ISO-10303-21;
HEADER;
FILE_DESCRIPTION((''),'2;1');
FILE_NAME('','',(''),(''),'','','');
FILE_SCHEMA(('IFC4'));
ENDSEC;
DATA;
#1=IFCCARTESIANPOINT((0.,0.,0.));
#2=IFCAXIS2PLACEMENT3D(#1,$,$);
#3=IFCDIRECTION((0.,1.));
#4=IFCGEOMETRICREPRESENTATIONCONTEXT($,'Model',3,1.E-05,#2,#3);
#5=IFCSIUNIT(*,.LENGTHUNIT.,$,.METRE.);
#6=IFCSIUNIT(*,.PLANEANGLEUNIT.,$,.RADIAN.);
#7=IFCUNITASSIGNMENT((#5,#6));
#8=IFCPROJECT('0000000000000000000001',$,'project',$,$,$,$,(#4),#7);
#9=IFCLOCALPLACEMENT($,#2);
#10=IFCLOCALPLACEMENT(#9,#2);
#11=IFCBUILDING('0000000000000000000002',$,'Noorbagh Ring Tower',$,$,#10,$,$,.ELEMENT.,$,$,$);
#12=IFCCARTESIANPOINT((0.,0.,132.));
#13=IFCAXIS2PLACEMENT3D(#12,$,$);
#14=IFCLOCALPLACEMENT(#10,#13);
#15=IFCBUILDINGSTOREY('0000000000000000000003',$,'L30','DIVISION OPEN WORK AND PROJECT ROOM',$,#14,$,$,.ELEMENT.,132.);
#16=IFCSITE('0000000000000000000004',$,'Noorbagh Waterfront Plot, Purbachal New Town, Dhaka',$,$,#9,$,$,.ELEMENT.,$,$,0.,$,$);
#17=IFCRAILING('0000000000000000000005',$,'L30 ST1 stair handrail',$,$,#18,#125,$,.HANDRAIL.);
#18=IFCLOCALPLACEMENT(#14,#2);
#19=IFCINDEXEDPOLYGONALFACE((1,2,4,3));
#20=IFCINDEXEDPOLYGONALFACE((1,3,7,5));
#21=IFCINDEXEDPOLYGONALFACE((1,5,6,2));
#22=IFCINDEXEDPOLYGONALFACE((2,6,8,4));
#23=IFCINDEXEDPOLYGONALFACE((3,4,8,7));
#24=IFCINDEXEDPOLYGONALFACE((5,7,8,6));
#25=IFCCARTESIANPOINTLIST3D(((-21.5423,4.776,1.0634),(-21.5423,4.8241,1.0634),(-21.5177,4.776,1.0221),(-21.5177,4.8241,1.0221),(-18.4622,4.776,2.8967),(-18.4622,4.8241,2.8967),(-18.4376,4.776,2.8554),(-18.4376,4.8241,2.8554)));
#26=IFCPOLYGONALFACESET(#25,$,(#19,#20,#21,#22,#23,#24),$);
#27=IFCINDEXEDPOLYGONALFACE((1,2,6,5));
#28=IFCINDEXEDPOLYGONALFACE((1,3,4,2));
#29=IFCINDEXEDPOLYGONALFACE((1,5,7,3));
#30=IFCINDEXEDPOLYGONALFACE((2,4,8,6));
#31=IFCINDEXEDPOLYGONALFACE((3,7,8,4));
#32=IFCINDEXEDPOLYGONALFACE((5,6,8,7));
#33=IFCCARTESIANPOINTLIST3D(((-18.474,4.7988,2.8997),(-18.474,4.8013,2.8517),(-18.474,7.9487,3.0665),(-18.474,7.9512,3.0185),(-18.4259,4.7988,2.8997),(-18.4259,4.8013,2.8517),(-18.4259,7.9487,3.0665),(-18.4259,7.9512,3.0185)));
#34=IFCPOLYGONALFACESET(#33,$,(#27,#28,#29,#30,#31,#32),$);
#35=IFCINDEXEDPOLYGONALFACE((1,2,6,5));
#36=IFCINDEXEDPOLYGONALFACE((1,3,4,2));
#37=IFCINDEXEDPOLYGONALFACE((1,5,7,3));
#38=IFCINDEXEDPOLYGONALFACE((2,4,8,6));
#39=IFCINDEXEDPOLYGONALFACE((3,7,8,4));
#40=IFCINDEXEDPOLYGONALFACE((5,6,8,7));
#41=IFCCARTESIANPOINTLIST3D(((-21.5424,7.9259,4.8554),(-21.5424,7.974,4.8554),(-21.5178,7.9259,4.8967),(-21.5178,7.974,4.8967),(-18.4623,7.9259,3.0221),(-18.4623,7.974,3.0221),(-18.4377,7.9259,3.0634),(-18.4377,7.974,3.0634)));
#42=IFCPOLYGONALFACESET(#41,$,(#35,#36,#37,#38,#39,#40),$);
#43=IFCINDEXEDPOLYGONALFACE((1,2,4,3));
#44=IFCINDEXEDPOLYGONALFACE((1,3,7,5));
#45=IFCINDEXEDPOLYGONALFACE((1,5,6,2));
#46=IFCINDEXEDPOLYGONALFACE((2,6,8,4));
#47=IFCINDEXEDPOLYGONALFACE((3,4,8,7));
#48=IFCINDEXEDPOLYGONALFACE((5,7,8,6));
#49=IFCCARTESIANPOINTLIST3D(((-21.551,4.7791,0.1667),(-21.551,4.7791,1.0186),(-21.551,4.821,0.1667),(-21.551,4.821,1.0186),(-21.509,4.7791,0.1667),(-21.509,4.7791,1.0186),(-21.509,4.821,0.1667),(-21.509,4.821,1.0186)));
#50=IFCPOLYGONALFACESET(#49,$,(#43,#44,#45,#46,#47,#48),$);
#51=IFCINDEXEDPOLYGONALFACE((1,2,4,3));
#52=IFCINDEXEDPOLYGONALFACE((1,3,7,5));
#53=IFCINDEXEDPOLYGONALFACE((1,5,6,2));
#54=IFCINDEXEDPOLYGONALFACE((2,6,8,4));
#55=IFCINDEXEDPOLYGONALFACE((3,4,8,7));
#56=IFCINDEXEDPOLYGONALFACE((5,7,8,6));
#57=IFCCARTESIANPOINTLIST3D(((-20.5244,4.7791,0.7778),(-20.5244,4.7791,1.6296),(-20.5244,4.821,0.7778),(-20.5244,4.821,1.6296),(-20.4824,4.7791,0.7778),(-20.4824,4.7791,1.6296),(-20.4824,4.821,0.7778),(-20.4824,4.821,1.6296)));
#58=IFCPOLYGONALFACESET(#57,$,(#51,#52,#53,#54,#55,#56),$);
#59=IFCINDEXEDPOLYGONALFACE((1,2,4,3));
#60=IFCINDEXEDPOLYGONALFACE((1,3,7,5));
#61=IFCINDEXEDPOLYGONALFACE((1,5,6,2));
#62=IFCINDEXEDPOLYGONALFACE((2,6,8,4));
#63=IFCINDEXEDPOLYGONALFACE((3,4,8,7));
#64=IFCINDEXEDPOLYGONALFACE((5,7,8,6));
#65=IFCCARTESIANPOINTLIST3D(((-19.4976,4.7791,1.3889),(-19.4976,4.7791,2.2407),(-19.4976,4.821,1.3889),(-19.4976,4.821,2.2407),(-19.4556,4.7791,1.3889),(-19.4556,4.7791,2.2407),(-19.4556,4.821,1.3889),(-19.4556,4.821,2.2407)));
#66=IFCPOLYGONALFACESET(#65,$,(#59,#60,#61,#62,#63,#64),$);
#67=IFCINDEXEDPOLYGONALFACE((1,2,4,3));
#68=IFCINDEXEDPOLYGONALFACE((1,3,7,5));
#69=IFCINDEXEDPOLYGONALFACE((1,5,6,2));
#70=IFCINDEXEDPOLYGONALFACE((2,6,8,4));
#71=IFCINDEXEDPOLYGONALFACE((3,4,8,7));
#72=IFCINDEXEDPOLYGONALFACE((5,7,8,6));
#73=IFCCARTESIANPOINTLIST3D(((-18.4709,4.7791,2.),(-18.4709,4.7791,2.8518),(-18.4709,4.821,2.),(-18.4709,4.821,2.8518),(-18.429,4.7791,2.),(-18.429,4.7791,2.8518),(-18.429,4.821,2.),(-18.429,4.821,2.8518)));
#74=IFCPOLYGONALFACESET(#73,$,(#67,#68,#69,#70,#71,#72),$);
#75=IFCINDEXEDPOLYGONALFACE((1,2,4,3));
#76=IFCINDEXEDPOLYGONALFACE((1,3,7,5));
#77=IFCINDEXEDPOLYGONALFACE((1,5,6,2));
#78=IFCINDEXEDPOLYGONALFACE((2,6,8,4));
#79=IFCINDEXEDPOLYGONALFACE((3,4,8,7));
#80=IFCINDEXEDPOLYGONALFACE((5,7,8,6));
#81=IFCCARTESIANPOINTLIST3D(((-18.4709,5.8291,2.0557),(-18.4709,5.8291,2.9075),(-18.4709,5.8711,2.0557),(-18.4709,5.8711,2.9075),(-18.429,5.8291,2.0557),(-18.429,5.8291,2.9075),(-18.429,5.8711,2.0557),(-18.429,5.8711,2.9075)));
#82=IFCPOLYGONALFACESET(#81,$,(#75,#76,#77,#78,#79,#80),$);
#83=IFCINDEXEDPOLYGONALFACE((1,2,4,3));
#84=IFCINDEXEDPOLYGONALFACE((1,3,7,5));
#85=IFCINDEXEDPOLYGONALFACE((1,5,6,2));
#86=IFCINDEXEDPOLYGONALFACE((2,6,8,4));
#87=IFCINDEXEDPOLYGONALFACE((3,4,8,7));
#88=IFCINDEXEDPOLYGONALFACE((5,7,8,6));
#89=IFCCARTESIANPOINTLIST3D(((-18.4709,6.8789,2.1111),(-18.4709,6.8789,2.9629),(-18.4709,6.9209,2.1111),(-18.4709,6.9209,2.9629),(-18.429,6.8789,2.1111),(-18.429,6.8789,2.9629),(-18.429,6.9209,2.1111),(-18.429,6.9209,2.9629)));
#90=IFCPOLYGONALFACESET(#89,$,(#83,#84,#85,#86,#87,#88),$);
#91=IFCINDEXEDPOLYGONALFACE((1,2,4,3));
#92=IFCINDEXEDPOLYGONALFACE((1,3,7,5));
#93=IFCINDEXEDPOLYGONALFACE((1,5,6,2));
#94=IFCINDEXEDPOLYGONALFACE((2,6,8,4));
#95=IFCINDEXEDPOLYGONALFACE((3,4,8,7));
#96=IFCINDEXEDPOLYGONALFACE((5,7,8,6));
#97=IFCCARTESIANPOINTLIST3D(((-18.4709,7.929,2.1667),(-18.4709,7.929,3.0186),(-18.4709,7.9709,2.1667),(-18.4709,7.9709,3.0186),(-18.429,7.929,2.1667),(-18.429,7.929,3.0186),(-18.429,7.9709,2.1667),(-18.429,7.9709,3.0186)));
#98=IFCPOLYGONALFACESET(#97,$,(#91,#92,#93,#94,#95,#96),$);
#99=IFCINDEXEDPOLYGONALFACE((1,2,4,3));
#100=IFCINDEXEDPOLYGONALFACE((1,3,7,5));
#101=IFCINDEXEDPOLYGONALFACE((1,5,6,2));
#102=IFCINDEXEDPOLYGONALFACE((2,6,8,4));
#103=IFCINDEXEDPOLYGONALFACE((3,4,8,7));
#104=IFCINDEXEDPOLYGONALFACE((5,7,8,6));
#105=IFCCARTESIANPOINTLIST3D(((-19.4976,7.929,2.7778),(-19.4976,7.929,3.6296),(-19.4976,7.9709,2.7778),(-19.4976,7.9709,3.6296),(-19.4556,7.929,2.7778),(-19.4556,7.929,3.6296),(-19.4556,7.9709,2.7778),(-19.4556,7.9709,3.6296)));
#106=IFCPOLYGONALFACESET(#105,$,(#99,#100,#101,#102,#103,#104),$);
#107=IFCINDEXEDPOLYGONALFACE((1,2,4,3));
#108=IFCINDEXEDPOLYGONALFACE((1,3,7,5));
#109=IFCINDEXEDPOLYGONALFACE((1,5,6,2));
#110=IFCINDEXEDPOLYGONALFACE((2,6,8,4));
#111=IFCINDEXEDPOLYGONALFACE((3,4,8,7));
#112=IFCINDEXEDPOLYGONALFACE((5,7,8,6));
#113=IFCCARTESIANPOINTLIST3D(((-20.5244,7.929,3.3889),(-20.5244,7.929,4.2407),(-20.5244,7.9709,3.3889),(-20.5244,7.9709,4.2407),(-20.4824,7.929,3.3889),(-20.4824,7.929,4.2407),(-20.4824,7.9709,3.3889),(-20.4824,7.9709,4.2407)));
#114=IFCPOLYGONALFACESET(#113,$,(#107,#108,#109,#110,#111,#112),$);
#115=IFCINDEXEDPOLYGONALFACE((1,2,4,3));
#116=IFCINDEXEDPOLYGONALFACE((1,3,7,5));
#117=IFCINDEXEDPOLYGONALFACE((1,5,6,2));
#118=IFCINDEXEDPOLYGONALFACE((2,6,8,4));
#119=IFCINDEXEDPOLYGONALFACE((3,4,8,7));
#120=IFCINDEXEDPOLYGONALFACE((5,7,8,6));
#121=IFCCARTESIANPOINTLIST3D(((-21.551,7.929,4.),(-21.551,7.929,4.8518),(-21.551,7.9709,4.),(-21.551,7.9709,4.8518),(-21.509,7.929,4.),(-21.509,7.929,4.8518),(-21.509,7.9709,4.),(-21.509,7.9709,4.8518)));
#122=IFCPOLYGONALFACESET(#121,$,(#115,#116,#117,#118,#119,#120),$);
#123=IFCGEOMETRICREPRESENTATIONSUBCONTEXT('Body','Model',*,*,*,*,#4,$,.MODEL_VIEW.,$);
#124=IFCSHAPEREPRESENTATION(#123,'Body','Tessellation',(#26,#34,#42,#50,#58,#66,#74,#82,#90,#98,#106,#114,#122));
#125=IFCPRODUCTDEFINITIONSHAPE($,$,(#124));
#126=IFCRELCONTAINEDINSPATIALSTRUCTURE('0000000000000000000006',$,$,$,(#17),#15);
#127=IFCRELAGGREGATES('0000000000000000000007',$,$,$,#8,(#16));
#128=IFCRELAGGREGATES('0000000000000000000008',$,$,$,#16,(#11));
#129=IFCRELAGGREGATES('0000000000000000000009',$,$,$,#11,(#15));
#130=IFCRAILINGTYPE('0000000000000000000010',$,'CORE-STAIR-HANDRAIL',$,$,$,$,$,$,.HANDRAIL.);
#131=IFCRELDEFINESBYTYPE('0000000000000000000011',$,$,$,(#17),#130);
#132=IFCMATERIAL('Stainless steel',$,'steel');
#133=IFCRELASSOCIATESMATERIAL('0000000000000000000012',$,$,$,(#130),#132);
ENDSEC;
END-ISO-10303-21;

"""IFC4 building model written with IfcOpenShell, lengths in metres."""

from ifc_helpers import new_model, si_unit, direction, frame, origin, origin_2d, place, context, subcontext, project, spatial, rectangle, extrude, material, type_object, element, save


model = new_model("IFC4")

# Units and contexts
model_context = context("Model", 3, precision=1e-05, world=origin(), true_north=direction((0.0, 1.0)))
body_context = subcontext(model_context, "Body", "Model", "MODEL_VIEW")
ifc_project = project(units=[si_unit("LENGTHUNIT", "METRE"), si_unit("PLANEANGLEUNIT", "RADIAN")], contexts=[model_context])

# Site, building, storey
site_placement = place(None, origin())
site = spatial("IfcSite", under=ifc_project, at=site_placement, Name="Noorbagh Waterfront Plot, Purbachal New Town, Dhaka", CompositionType="ELEMENT", RefElevation=0.0)
building_placement = place(site_placement, origin())
building = spatial("IfcBuilding", under=site, at=building_placement, Name="Noorbagh Ring Tower", CompositionType="ELEMENT")
storey_placement = place(building_placement, frame((0.0, 0.0, 132.0)))
storey = spatial("IfcBuildingStorey", under=building, at=storey_placement, Name="L30", Description="DIVISION OPEN WORK AND PROJECT ROOM", CompositionType="ELEMENT", Elevation=132.0)

# Railing
ifc_material_1 = material(Name="Stainless steel", Category="steel")
railing_type = type_object("IfcRailingType", Name="CORE-STAIR-HANDRAIL", PredefinedType="HANDRAIL", material=ifc_material_1)
railing_placement = place(storey_placement, frame((-21.53, 4.8, 0.1667)))
element("IfcRailing", 1, at=railing_placement, inside=storey, type_object=railing_type, Name="L30 ST1 stair handrail", PredefinedType="HANDRAIL", context=body_context, shape_type="SweptSolid", body=[
    extrude(rectangle(XDim=0.0481, YDim=0.0481, at=origin_2d()), frame((0.0, 0.0, 0.876), z_axis=(0.859309, 0.0, 0.511458), x_axis=(0.0, 1.0, 0.0)), (0.0, 0.0, 1.0), 3.5845),
    extrude(rectangle(XDim=0.0481, YDim=0.0481, at=origin_2d()), frame((3.0801, 0.0, 2.709), z_axis=(0.0, 0.998602, 0.052864), x_axis=(-1.0, 0.0, 0.0)), (0.0, 0.0, 1.0), 3.1543),
    extrude(rectangle(XDim=0.0481, YDim=0.0481, at=origin_2d()), frame((3.0801, 3.1499, 2.876), z_axis=(-0.859309, 0.0, 0.511458), x_axis=(0.0, -1.0, 0.0)), (0.0, 0.0, 1.0), 3.5845),
    extrude(rectangle(XDim=0.042, YDim=0.042, at=origin_2d()), origin(), (0.0, 0.0, 1.0), 0.8518),
    extrude(rectangle(XDim=0.042, YDim=0.042, at=origin_2d()), frame((1.0266, 0.0, 0.6111)), (0.0, 0.0, 1.0), 0.8518),
    extrude(rectangle(XDim=0.042, YDim=0.042, at=origin_2d()), frame((2.0535, 0.0, 1.2222)), (0.0, 0.0, 1.0), 0.8518),
    extrude(rectangle(XDim=0.042, YDim=0.042, at=origin_2d()), frame((3.0801, 0.0, 1.8333)), (0.0, 0.0, 1.0), 0.8518),
    extrude(rectangle(XDim=0.042, YDim=0.042, at=origin_2d()), frame((3.0801, 1.05, 1.8889)), (0.0, 0.0, 1.0), 0.8518),
    extrude(rectangle(XDim=0.042, YDim=0.042, at=origin_2d()), frame((3.0801, 2.0999, 1.9443)), (0.0, 0.0, 1.0), 0.8518),
    extrude(rectangle(XDim=0.042, YDim=0.042, at=origin_2d()), frame((3.0801, 3.1499, 2.0)), (0.0, 0.0, 1.0), 0.8518),
    extrude(rectangle(XDim=0.042, YDim=0.042, at=origin_2d()), frame((2.0535, 3.1499, 2.6111)), (0.0, 0.0, 1.0), 0.8518),
    extrude(rectangle(XDim=0.042, YDim=0.042, at=origin_2d()), frame((1.0266, 3.1499, 3.2222)), (0.0, 0.0, 1.0), 0.8518),
    extrude(rectangle(XDim=0.042, YDim=0.042, at=origin_2d()), frame((0.0, 3.1499, 3.8333)), (0.0, 0.0, 1.0), 0.8518),
])

save(model, "model.ifc")
